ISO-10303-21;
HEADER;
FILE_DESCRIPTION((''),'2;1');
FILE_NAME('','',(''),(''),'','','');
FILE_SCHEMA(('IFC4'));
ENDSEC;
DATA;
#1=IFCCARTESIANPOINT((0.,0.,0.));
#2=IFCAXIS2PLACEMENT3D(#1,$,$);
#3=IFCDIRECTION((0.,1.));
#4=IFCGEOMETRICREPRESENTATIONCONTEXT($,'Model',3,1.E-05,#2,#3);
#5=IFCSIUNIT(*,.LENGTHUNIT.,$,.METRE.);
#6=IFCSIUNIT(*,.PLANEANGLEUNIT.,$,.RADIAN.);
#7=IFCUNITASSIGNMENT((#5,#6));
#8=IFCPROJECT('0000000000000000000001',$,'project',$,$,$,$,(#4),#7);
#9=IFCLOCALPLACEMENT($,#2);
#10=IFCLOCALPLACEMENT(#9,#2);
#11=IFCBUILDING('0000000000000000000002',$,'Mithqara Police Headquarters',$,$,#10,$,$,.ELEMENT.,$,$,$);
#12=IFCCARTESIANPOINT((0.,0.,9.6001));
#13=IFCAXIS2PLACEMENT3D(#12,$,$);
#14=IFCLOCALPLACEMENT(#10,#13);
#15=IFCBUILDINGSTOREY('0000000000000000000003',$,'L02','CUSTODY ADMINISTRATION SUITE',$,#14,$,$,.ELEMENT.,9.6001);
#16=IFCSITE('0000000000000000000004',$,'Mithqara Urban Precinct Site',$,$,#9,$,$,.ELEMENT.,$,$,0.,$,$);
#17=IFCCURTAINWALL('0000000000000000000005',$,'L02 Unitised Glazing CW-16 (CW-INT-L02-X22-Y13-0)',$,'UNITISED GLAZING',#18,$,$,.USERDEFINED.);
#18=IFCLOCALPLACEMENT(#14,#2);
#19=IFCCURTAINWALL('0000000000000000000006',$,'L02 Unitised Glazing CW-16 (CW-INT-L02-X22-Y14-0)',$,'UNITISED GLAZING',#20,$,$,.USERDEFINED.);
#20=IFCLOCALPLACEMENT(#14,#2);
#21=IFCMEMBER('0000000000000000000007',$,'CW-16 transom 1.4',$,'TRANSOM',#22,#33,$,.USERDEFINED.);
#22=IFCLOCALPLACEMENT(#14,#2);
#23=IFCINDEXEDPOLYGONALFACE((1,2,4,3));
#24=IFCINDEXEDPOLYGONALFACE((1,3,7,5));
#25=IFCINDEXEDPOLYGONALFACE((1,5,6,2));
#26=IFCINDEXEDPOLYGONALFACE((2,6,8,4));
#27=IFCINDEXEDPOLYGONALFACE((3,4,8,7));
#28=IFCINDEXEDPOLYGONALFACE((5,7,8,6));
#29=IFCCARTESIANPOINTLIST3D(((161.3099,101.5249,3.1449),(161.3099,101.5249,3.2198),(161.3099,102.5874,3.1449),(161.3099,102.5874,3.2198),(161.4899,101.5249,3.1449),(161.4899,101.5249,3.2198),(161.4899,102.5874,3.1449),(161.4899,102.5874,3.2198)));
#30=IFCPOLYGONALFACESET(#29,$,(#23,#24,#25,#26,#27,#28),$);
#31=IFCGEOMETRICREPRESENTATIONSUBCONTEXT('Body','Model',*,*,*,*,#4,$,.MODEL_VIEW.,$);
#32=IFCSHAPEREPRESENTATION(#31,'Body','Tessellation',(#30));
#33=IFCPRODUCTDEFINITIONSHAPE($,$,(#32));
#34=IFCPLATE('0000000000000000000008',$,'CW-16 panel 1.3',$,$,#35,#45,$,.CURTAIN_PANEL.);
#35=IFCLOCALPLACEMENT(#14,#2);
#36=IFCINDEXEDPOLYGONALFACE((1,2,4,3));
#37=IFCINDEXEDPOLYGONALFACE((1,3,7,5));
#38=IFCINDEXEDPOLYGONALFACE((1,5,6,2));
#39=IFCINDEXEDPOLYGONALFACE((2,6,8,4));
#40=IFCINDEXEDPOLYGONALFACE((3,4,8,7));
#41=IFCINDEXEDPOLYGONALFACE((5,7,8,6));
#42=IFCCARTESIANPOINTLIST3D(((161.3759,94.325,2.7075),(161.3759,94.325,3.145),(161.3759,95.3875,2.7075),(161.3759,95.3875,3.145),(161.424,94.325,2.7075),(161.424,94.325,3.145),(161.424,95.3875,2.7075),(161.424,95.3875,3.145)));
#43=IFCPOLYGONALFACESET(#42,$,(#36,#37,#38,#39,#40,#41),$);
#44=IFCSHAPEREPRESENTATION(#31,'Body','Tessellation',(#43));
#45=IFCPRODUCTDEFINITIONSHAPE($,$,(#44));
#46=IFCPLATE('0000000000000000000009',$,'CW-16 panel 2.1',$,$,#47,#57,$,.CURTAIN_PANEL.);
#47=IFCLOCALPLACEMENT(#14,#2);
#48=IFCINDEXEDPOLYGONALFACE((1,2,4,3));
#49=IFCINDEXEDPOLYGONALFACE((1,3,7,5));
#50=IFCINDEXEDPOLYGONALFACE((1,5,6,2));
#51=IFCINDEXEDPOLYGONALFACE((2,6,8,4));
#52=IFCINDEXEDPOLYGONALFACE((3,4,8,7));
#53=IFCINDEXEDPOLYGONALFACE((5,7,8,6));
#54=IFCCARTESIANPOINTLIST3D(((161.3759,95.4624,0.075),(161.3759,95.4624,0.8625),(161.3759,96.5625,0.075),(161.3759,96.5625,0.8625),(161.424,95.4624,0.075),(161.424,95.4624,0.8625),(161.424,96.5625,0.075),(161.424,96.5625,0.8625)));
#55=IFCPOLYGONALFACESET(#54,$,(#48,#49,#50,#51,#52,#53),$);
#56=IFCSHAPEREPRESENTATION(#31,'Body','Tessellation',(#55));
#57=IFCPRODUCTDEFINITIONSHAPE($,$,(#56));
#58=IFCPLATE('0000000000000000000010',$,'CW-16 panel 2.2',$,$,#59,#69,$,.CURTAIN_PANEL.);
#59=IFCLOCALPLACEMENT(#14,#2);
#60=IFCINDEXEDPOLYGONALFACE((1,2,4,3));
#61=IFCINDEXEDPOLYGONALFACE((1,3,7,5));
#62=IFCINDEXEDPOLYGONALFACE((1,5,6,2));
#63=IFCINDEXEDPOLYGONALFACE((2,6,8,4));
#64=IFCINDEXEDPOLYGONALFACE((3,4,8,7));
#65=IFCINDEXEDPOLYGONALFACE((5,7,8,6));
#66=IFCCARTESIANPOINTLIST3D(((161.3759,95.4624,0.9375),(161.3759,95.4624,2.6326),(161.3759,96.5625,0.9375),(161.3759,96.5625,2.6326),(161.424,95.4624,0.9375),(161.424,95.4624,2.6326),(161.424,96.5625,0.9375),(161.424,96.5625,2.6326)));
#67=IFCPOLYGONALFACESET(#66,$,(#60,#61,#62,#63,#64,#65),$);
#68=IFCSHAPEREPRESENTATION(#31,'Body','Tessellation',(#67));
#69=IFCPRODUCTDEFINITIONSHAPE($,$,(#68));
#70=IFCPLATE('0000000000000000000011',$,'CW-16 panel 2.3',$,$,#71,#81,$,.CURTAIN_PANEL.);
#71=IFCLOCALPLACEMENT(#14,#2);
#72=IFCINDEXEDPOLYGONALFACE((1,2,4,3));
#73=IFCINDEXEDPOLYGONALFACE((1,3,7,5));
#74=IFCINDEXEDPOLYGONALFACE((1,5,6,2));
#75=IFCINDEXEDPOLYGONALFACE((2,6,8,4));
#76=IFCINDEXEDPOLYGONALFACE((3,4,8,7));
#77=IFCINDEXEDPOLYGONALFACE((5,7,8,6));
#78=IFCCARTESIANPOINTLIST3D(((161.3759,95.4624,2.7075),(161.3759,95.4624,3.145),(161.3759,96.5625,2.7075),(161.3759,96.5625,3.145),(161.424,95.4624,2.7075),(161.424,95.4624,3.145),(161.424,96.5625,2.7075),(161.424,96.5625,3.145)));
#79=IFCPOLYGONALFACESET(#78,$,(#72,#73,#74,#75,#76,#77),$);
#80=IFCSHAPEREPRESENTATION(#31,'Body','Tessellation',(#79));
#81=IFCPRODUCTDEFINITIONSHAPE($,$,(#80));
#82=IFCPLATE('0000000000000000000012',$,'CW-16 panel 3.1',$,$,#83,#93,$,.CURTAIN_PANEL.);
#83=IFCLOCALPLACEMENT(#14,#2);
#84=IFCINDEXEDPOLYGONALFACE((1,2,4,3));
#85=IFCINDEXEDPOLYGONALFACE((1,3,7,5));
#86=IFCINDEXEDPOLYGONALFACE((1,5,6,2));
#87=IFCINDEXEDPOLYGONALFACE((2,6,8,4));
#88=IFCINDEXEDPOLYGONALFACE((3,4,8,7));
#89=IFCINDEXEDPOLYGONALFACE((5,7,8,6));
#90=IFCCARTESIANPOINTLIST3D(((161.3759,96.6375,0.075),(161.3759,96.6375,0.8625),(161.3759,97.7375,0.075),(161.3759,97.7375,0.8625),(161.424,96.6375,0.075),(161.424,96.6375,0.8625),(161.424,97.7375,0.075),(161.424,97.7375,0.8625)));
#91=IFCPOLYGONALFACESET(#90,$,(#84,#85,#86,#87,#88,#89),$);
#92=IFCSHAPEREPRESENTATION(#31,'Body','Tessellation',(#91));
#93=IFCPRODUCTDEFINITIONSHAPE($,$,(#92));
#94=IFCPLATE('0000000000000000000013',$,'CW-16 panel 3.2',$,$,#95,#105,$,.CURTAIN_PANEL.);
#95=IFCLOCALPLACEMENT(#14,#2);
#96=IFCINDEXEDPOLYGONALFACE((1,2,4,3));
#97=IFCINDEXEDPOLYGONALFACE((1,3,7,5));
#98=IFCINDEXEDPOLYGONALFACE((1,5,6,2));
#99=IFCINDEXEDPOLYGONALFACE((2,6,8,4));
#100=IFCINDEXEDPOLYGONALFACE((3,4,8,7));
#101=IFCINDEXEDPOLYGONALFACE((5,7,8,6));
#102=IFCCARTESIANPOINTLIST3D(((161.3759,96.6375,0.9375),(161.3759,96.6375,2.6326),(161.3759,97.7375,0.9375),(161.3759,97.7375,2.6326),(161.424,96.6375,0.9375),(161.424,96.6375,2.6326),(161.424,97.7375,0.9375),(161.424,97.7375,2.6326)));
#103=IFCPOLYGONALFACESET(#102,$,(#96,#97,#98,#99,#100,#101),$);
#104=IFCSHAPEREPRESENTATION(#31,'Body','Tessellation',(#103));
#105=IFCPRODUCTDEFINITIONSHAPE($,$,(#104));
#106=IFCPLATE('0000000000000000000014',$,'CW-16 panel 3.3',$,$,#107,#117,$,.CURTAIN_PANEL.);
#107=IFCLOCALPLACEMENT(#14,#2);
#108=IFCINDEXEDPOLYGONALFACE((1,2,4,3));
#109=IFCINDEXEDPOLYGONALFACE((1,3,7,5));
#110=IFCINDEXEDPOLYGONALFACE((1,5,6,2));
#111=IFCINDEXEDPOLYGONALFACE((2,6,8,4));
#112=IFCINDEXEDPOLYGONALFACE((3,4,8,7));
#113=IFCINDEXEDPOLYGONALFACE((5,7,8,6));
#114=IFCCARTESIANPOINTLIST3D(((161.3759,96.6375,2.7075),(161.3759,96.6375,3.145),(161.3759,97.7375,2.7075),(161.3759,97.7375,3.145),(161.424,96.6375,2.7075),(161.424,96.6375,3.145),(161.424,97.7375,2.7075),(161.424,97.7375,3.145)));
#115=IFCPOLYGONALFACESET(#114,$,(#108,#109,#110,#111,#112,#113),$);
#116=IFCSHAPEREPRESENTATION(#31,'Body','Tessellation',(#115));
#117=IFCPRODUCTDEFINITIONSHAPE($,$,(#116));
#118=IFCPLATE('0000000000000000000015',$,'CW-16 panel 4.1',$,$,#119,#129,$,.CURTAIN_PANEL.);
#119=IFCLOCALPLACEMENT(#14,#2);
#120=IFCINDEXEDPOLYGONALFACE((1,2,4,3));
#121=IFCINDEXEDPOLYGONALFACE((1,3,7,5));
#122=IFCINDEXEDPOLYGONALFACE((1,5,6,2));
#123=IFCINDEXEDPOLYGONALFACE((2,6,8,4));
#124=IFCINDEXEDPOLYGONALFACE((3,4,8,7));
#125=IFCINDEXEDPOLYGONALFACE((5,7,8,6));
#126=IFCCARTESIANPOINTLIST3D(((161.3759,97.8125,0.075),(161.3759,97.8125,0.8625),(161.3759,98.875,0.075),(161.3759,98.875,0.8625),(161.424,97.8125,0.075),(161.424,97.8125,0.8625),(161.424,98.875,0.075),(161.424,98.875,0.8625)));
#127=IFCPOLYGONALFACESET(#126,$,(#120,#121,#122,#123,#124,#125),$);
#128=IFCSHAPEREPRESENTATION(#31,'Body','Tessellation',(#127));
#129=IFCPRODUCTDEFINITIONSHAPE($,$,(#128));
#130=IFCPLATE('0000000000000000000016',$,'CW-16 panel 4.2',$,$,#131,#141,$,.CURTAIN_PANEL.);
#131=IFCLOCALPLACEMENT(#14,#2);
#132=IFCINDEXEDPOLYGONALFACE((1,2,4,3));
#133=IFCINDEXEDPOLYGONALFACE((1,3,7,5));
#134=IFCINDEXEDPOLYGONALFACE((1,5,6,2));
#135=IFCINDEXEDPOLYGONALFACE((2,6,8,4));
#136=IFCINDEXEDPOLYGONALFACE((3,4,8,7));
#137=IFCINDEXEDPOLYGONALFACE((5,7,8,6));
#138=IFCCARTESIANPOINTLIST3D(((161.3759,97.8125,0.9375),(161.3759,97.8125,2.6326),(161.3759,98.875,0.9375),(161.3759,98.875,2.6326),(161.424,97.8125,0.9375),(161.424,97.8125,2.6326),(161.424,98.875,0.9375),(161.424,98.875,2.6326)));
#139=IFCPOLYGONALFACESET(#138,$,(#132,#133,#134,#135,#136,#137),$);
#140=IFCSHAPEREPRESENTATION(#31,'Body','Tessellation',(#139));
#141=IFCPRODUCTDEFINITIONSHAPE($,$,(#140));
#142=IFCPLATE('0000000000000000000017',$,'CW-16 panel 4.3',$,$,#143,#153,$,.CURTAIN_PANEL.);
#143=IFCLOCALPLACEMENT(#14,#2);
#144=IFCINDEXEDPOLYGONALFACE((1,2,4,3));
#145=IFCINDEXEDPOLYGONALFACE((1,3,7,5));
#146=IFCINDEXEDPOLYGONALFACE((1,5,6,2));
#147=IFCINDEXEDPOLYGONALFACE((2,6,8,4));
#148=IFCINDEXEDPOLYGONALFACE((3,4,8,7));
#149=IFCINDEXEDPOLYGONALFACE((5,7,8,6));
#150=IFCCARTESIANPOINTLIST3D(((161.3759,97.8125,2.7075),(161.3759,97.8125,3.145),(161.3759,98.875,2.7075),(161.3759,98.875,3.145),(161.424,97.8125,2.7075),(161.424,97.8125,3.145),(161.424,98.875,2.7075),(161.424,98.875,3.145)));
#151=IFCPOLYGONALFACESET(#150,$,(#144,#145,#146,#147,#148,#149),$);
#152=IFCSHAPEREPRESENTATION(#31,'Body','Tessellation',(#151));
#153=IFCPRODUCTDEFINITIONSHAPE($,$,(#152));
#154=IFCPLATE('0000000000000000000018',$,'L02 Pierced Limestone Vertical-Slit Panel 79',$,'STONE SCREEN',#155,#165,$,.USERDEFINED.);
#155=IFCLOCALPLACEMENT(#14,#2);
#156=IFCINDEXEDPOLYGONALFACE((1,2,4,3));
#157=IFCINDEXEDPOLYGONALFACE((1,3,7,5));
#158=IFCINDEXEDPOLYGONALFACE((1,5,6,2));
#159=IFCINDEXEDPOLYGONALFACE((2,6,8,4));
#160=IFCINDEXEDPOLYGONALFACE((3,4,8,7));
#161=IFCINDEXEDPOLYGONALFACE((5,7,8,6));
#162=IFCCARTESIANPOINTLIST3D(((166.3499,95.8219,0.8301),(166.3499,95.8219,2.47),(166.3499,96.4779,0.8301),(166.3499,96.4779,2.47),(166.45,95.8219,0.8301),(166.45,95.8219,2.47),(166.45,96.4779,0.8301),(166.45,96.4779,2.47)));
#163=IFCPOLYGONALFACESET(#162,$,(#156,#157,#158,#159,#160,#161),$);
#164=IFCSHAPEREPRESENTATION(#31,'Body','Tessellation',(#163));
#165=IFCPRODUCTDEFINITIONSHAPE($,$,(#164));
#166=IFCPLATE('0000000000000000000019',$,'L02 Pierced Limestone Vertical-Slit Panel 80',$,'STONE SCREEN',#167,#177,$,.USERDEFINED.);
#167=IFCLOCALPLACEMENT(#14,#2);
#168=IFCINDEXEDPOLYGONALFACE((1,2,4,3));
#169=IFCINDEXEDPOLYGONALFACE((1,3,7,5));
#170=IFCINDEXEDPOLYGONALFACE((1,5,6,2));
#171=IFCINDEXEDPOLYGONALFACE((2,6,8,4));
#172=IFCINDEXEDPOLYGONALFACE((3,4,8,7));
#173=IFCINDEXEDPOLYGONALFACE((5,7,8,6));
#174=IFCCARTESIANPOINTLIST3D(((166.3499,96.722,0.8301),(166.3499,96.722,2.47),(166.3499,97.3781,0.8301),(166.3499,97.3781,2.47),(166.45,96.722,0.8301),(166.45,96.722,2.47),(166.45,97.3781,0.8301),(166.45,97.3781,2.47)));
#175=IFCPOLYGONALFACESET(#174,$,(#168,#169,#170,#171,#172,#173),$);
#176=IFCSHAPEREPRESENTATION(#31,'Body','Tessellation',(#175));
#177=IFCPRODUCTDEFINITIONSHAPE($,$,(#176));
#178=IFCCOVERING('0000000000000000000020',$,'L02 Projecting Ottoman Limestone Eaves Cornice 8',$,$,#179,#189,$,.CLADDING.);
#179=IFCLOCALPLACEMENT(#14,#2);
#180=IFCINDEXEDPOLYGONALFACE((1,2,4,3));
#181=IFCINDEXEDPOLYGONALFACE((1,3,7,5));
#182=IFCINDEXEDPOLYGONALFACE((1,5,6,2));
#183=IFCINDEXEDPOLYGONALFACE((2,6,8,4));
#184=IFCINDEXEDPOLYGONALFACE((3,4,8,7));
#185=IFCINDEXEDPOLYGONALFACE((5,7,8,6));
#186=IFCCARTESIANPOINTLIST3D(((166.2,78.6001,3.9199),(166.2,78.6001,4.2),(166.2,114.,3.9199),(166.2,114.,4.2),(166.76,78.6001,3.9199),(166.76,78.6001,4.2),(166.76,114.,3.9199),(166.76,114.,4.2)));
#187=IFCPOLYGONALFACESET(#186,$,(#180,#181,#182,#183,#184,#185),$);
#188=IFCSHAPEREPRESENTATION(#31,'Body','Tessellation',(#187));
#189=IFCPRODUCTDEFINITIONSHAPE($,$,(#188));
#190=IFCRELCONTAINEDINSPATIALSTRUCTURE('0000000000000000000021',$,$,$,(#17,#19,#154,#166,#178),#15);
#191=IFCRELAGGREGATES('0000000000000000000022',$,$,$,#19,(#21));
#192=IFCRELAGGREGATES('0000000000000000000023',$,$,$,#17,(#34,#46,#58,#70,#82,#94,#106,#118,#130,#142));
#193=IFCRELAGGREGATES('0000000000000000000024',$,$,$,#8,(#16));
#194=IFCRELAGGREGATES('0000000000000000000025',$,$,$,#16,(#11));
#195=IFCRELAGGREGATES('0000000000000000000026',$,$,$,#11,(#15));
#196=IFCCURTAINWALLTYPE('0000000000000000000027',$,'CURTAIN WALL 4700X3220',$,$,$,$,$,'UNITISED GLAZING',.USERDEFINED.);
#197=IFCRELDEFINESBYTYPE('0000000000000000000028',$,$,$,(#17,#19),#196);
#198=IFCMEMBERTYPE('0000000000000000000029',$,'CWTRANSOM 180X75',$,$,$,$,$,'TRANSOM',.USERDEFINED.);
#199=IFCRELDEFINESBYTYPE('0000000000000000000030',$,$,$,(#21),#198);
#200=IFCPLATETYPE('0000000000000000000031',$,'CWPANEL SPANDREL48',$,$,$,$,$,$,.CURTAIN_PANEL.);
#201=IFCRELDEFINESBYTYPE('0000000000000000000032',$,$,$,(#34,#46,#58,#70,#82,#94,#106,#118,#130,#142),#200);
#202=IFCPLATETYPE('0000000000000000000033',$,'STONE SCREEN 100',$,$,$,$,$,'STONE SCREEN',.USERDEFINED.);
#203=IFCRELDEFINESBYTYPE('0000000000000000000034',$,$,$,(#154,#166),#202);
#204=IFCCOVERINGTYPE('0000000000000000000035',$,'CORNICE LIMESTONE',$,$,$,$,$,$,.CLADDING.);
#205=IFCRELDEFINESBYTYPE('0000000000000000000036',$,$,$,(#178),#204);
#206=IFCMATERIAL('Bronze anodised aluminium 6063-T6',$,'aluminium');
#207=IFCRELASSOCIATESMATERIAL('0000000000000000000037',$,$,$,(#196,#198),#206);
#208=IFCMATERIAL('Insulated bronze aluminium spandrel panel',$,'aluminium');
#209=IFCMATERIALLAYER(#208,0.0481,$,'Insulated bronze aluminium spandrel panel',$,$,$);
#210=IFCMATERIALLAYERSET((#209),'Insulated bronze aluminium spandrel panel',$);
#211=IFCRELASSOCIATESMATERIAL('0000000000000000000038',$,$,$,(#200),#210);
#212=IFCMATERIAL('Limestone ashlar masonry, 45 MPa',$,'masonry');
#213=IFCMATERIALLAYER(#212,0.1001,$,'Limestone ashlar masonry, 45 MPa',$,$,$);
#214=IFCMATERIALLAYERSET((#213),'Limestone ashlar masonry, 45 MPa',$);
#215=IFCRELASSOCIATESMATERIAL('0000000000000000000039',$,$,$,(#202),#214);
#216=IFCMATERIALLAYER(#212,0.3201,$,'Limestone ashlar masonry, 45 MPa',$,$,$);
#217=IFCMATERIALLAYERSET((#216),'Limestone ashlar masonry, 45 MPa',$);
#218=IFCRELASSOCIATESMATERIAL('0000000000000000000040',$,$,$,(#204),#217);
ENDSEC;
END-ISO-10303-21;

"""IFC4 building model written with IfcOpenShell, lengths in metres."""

from ifc_helpers import new_model, si_unit, direction, frame, origin, origin_2d, place, context, subcontext, project, spatial, rectangle, extrude, material, layer, layer_set, material_profile, profile_set, type_object, element, aggregate, save


model = new_model("IFC4")

# Units and contexts
model_context = context("Model", 3, precision=1e-05, world=origin(), true_north=direction((0.0, 1.0)))
body_context = subcontext(model_context, "Body", "Model", "MODEL_VIEW")
ifc_project = project(units=[si_unit("LENGTHUNIT", "METRE"), si_unit("PLANEANGLEUNIT", "RADIAN")], contexts=[model_context])

# Site, building, storey
site_placement = place(None, origin())
site = spatial("IfcSite", under=ifc_project, at=site_placement, Name="Mithqara Urban Precinct Site", CompositionType="ELEMENT", RefElevation=0.0)
building_placement = place(site_placement, origin())
building = spatial("IfcBuilding", under=site, at=building_placement, Name="Mithqara Police Headquarters", CompositionType="ELEMENT")
storey_placement = place(building_placement, frame((0.0, 0.0, 9.6001)))
storey = spatial("IfcBuildingStorey", under=building, at=storey_placement, Name="L02", Description="CUSTODY ADMINISTRATION SUITE", CompositionType="ELEMENT", Elevation=9.6001)

# Curtain wall
ifc_material_1 = material(Name="Bronze anodised aluminium 6063-T6", Category="aluminium")
curtain_wall_type = type_object("IfcCurtainWallType", Name="CURTAIN WALL 4700X3220", ElementType="UNITISED GLAZING", PredefinedType="USERDEFINED", material=ifc_material_1)
curtain_wall_1_placement = place(storey_placement, origin())
curtain_wall_1 = element("IfcCurtainWall", 1, at=curtain_wall_1_placement, inside=storey, type_object=curtain_wall_type, Name="L02 Unitised Glazing CW-16 (CW-INT-L02-X22-Y13-0)", ObjectType="UNITISED GLAZING", PredefinedType="USERDEFINED")

# Curtain wall
curtain_wall_2_placement = place(storey_placement, origin())
curtain_wall_2 = element("IfcCurtainWall", 2, at=curtain_wall_2_placement, inside=storey, type_object=curtain_wall_type, Name="L02 Unitised Glazing CW-16 (CW-INT-L02-X22-Y14-0)", ObjectType="UNITISED GLAZING", PredefinedType="USERDEFINED")

# Member
ifc_material_profile_1 = material_profile(ifc_material_1, rectangle(XDim=0.1799, YDim=0.075, at=origin_2d()), Name="CWT 180x75")
ifc_profile_set_1 = profile_set([ifc_material_profile_1], Name="Bronze anodised aluminium 6063-T6")
member_type_1 = type_object("IfcMemberType", Name="CWTRANSOM 180X75", ElementType="TRANSOM", PredefinedType="USERDEFINED", material=ifc_profile_set_1)
member_1_placement = place(storey_placement, frame((161.3999, 101.5249, 3.1824), z_axis=(0.0, 1.0, 0.0), x_axis=(-1.0, 0.0, 0.0)))
member_1 = element("IfcMember", 3, at=member_1_placement, type_object=member_type_1, Name="CW-16 transom 1.4", ObjectType="TRANSOM", PredefinedType="USERDEFINED", context=body_context, shape_type="SweptSolid", body=[
    extrude(rectangle(XDim=0.1799, YDim=0.075, at=origin_2d()), origin(), (0.0, 0.0, 1.0), 1.0625),
])
aggregate(curtain_wall_2, [member_1])

# Plates
ifc_material_2 = material(Name="Insulated bronze aluminium spandrel panel", Category="aluminium")
ifc_layer_1 = layer(ifc_material_2, 0.0481, Name="Insulated bronze aluminium spandrel panel")
ifc_layer_set_1 = layer_set([ifc_layer_1], Name="Insulated bronze aluminium spandrel panel")
plate_type_1 = type_object("IfcPlateType", Name="CWPANEL SPANDREL48", PredefinedType="CURTAIN_PANEL", material=ifc_layer_set_1)
plate_1_placement = place(storey_placement, frame((161.3999, 94.8562, 2.7075), z_axis=(0.0, 0.0, 1.0), x_axis=(0.0, 1.0, 0.0)))
plate_1 = element("IfcPlate", 4, at=plate_1_placement, type_object=plate_type_1, Name="CW-16 panel 1.3", PredefinedType="CURTAIN_PANEL", context=body_context, shape_type="SweptSolid", body=[
    extrude(rectangle(XDim=1.0625, YDim=0.0481, at=origin_2d()), origin(), (0.0, 0.0, 1.0), 0.4375),
])
plate_2_placement = place(storey_placement, frame((161.3999, 96.0125, 0.075), z_axis=(0.0, 0.0, 1.0), x_axis=(0.0, 1.0, 0.0)))
plate_2 = element("IfcPlate", 5, at=plate_2_placement, type_object=plate_type_1, Name="CW-16 panel 2.1", PredefinedType="CURTAIN_PANEL", context=body_context, shape_type="SweptSolid", body=[
    extrude(rectangle(XDim=1.1001, YDim=0.0481, at=origin_2d()), origin(), (0.0, 0.0, 1.0), 0.7876),
])
plate_3_placement = place(storey_placement, frame((161.3999, 96.0125, 0.9375), z_axis=(0.0, 0.0, 1.0), x_axis=(0.0, 1.0, 0.0)))
plate_3 = element("IfcPlate", 6, at=plate_3_placement, type_object=plate_type_1, Name="CW-16 panel 2.2", PredefinedType="CURTAIN_PANEL", context=body_context, shape_type="SweptSolid", body=[
    extrude(rectangle(XDim=1.1001, YDim=0.0481, at=origin_2d()), origin(), (0.0, 0.0, 1.0), 1.6951),
])
plate_4_placement = place(storey_placement, frame((161.3999, 96.0125, 2.7075), z_axis=(0.0, 0.0, 1.0), x_axis=(0.0, 1.0, 0.0)))
plate_4 = element("IfcPlate", 7, at=plate_4_placement, type_object=plate_type_1, Name="CW-16 panel 2.3", PredefinedType="CURTAIN_PANEL", context=body_context, shape_type="SweptSolid", body=[
    extrude(rectangle(XDim=1.1001, YDim=0.0481, at=origin_2d()), origin(), (0.0, 0.0, 1.0), 0.4375),
])
plate_5_placement = place(storey_placement, frame((161.3999, 97.1875, 0.075), z_axis=(0.0, 0.0, 1.0), x_axis=(0.0, 1.0, 0.0)))
plate_5 = element("IfcPlate", 8, at=plate_5_placement, type_object=plate_type_1, Name="CW-16 panel 3.1", PredefinedType="CURTAIN_PANEL", context=body_context, shape_type="SweptSolid", body=[
    extrude(rectangle(XDim=1.1001, YDim=0.0481, at=origin_2d()), origin(), (0.0, 0.0, 1.0), 0.7876),
])
plate_6_placement = place(storey_placement, frame((161.3999, 97.1875, 0.9375), z_axis=(0.0, 0.0, 1.0), x_axis=(0.0, 1.0, 0.0)))
plate_6 = element("IfcPlate", 9, at=plate_6_placement, type_object=plate_type_1, Name="CW-16 panel 3.2", PredefinedType="CURTAIN_PANEL", context=body_context, shape_type="SweptSolid", body=[
    extrude(rectangle(XDim=1.1001, YDim=0.0481, at=origin_2d()), origin(), (0.0, 0.0, 1.0), 1.6951),
])
plate_7_placement = place(storey_placement, frame((161.3999, 97.1875, 2.7075), z_axis=(0.0, 0.0, 1.0), x_axis=(0.0, 1.0, 0.0)))
plate_7 = element("IfcPlate", 10, at=plate_7_placement, type_object=plate_type_1, Name="CW-16 panel 3.3", PredefinedType="CURTAIN_PANEL", context=body_context, shape_type="SweptSolid", body=[
    extrude(rectangle(XDim=1.1001, YDim=0.0481, at=origin_2d()), origin(), (0.0, 0.0, 1.0), 0.4375),
])
plate_8_placement = place(storey_placement, frame((161.3999, 98.3438, 0.075), z_axis=(0.0, 0.0, 1.0), x_axis=(0.0, 1.0, 0.0)))
plate_8 = element("IfcPlate", 11, at=plate_8_placement, type_object=plate_type_1, Name="CW-16 panel 4.1", PredefinedType="CURTAIN_PANEL", context=body_context, shape_type="SweptSolid", body=[
    extrude(rectangle(XDim=1.0625, YDim=0.0481, at=origin_2d()), origin(), (0.0, 0.0, 1.0), 0.7876),
])
plate_9_placement = place(storey_placement, frame((161.3999, 98.3438, 0.9375), z_axis=(0.0, 0.0, 1.0), x_axis=(0.0, 1.0, 0.0)))
plate_9 = element("IfcPlate", 12, at=plate_9_placement, type_object=plate_type_1, Name="CW-16 panel 4.2", PredefinedType="CURTAIN_PANEL", context=body_context, shape_type="SweptSolid", body=[
    extrude(rectangle(XDim=1.0625, YDim=0.0481, at=origin_2d()), origin(), (0.0, 0.0, 1.0), 1.6951),
])
plate_10_placement = place(storey_placement, frame((161.3999, 98.3438, 2.7075), z_axis=(0.0, 0.0, 1.0), x_axis=(0.0, 1.0, 0.0)))
plate_10 = element("IfcPlate", 13, at=plate_10_placement, type_object=plate_type_1, Name="CW-16 panel 4.3", PredefinedType="CURTAIN_PANEL", context=body_context, shape_type="SweptSolid", body=[
    extrude(rectangle(XDim=1.0625, YDim=0.0481, at=origin_2d()), origin(), (0.0, 0.0, 1.0), 0.4375),
])
aggregate(curtain_wall_1, [plate_1, plate_2, plate_3, plate_4, plate_5, plate_6, plate_7, plate_8, plate_9, plate_10])

# Plates
ifc_material_3 = material(Name="Limestone ashlar masonry, 45 MPa", Category="masonry")
ifc_layer_2 = layer(ifc_material_3, 0.1001, Name="Limestone ashlar masonry, 45 MPa")
ifc_layer_set_2 = layer_set([ifc_layer_2], Name="Limestone ashlar masonry, 45 MPa")
plate_type_2 = type_object("IfcPlateType", Name="STONE SCREEN 100", ElementType="STONE SCREEN", PredefinedType="USERDEFINED", material=ifc_layer_set_2)
for number, where, z_axis, x_axis, name in (
    (14, (166.3999, 96.1499, 0.8301), (0.0, 0.0, 1.0), (0.0, 1.0, 0.0), "L02 Pierced Limestone Vertical-Slit Panel 79"),
    (15, (166.3999, 97.05, 0.8301), (0.0, 0.0, 1.0), (0.0, 1.0, 0.0), "L02 Pierced Limestone Vertical-Slit Panel 80"),
):
    element("IfcPlate", number, at=place(storey_placement, frame(where, z_axis=z_axis, x_axis=x_axis)), inside=storey, type_object=plate_type_2, Name=name, ObjectType="STONE SCREEN", PredefinedType="USERDEFINED", context=body_context, shape_type="SweptSolid", body=[
        extrude(rectangle(XDim=0.656, YDim=0.1001, at=origin_2d()), origin(), (0.0, 0.0, 1.0), 1.6399),
    ])

# Covering
ifc_layer_3 = layer(ifc_material_3, 0.3201, Name="Limestone ashlar masonry, 45 MPa")
ifc_layer_set_3 = layer_set([ifc_layer_3], Name="Limestone ashlar masonry, 45 MPa")
covering_type = type_object("IfcCoveringType", Name="CORNICE LIMESTONE", PredefinedType="CLADDING", material=ifc_layer_set_3)
covering_placement = place(storey_placement, frame((166.48, 96.3, 3.9199), z_axis=(0.0, 0.0, 1.0), x_axis=(0.0, 1.0, 0.0)))
element("IfcCovering", 16, at=covering_placement, inside=storey, type_object=covering_type, Name="L02 Projecting Ottoman Limestone Eaves Cornice 8", PredefinedType="CLADDING", context=body_context, shape_type="SweptSolid", body=[
    extrude(rectangle(XDim=35.3999, YDim=0.5601, at=origin_2d()), origin(), (0.0, 0.0, 1.0), 0.28),
])

save(model, "model.ifc")
